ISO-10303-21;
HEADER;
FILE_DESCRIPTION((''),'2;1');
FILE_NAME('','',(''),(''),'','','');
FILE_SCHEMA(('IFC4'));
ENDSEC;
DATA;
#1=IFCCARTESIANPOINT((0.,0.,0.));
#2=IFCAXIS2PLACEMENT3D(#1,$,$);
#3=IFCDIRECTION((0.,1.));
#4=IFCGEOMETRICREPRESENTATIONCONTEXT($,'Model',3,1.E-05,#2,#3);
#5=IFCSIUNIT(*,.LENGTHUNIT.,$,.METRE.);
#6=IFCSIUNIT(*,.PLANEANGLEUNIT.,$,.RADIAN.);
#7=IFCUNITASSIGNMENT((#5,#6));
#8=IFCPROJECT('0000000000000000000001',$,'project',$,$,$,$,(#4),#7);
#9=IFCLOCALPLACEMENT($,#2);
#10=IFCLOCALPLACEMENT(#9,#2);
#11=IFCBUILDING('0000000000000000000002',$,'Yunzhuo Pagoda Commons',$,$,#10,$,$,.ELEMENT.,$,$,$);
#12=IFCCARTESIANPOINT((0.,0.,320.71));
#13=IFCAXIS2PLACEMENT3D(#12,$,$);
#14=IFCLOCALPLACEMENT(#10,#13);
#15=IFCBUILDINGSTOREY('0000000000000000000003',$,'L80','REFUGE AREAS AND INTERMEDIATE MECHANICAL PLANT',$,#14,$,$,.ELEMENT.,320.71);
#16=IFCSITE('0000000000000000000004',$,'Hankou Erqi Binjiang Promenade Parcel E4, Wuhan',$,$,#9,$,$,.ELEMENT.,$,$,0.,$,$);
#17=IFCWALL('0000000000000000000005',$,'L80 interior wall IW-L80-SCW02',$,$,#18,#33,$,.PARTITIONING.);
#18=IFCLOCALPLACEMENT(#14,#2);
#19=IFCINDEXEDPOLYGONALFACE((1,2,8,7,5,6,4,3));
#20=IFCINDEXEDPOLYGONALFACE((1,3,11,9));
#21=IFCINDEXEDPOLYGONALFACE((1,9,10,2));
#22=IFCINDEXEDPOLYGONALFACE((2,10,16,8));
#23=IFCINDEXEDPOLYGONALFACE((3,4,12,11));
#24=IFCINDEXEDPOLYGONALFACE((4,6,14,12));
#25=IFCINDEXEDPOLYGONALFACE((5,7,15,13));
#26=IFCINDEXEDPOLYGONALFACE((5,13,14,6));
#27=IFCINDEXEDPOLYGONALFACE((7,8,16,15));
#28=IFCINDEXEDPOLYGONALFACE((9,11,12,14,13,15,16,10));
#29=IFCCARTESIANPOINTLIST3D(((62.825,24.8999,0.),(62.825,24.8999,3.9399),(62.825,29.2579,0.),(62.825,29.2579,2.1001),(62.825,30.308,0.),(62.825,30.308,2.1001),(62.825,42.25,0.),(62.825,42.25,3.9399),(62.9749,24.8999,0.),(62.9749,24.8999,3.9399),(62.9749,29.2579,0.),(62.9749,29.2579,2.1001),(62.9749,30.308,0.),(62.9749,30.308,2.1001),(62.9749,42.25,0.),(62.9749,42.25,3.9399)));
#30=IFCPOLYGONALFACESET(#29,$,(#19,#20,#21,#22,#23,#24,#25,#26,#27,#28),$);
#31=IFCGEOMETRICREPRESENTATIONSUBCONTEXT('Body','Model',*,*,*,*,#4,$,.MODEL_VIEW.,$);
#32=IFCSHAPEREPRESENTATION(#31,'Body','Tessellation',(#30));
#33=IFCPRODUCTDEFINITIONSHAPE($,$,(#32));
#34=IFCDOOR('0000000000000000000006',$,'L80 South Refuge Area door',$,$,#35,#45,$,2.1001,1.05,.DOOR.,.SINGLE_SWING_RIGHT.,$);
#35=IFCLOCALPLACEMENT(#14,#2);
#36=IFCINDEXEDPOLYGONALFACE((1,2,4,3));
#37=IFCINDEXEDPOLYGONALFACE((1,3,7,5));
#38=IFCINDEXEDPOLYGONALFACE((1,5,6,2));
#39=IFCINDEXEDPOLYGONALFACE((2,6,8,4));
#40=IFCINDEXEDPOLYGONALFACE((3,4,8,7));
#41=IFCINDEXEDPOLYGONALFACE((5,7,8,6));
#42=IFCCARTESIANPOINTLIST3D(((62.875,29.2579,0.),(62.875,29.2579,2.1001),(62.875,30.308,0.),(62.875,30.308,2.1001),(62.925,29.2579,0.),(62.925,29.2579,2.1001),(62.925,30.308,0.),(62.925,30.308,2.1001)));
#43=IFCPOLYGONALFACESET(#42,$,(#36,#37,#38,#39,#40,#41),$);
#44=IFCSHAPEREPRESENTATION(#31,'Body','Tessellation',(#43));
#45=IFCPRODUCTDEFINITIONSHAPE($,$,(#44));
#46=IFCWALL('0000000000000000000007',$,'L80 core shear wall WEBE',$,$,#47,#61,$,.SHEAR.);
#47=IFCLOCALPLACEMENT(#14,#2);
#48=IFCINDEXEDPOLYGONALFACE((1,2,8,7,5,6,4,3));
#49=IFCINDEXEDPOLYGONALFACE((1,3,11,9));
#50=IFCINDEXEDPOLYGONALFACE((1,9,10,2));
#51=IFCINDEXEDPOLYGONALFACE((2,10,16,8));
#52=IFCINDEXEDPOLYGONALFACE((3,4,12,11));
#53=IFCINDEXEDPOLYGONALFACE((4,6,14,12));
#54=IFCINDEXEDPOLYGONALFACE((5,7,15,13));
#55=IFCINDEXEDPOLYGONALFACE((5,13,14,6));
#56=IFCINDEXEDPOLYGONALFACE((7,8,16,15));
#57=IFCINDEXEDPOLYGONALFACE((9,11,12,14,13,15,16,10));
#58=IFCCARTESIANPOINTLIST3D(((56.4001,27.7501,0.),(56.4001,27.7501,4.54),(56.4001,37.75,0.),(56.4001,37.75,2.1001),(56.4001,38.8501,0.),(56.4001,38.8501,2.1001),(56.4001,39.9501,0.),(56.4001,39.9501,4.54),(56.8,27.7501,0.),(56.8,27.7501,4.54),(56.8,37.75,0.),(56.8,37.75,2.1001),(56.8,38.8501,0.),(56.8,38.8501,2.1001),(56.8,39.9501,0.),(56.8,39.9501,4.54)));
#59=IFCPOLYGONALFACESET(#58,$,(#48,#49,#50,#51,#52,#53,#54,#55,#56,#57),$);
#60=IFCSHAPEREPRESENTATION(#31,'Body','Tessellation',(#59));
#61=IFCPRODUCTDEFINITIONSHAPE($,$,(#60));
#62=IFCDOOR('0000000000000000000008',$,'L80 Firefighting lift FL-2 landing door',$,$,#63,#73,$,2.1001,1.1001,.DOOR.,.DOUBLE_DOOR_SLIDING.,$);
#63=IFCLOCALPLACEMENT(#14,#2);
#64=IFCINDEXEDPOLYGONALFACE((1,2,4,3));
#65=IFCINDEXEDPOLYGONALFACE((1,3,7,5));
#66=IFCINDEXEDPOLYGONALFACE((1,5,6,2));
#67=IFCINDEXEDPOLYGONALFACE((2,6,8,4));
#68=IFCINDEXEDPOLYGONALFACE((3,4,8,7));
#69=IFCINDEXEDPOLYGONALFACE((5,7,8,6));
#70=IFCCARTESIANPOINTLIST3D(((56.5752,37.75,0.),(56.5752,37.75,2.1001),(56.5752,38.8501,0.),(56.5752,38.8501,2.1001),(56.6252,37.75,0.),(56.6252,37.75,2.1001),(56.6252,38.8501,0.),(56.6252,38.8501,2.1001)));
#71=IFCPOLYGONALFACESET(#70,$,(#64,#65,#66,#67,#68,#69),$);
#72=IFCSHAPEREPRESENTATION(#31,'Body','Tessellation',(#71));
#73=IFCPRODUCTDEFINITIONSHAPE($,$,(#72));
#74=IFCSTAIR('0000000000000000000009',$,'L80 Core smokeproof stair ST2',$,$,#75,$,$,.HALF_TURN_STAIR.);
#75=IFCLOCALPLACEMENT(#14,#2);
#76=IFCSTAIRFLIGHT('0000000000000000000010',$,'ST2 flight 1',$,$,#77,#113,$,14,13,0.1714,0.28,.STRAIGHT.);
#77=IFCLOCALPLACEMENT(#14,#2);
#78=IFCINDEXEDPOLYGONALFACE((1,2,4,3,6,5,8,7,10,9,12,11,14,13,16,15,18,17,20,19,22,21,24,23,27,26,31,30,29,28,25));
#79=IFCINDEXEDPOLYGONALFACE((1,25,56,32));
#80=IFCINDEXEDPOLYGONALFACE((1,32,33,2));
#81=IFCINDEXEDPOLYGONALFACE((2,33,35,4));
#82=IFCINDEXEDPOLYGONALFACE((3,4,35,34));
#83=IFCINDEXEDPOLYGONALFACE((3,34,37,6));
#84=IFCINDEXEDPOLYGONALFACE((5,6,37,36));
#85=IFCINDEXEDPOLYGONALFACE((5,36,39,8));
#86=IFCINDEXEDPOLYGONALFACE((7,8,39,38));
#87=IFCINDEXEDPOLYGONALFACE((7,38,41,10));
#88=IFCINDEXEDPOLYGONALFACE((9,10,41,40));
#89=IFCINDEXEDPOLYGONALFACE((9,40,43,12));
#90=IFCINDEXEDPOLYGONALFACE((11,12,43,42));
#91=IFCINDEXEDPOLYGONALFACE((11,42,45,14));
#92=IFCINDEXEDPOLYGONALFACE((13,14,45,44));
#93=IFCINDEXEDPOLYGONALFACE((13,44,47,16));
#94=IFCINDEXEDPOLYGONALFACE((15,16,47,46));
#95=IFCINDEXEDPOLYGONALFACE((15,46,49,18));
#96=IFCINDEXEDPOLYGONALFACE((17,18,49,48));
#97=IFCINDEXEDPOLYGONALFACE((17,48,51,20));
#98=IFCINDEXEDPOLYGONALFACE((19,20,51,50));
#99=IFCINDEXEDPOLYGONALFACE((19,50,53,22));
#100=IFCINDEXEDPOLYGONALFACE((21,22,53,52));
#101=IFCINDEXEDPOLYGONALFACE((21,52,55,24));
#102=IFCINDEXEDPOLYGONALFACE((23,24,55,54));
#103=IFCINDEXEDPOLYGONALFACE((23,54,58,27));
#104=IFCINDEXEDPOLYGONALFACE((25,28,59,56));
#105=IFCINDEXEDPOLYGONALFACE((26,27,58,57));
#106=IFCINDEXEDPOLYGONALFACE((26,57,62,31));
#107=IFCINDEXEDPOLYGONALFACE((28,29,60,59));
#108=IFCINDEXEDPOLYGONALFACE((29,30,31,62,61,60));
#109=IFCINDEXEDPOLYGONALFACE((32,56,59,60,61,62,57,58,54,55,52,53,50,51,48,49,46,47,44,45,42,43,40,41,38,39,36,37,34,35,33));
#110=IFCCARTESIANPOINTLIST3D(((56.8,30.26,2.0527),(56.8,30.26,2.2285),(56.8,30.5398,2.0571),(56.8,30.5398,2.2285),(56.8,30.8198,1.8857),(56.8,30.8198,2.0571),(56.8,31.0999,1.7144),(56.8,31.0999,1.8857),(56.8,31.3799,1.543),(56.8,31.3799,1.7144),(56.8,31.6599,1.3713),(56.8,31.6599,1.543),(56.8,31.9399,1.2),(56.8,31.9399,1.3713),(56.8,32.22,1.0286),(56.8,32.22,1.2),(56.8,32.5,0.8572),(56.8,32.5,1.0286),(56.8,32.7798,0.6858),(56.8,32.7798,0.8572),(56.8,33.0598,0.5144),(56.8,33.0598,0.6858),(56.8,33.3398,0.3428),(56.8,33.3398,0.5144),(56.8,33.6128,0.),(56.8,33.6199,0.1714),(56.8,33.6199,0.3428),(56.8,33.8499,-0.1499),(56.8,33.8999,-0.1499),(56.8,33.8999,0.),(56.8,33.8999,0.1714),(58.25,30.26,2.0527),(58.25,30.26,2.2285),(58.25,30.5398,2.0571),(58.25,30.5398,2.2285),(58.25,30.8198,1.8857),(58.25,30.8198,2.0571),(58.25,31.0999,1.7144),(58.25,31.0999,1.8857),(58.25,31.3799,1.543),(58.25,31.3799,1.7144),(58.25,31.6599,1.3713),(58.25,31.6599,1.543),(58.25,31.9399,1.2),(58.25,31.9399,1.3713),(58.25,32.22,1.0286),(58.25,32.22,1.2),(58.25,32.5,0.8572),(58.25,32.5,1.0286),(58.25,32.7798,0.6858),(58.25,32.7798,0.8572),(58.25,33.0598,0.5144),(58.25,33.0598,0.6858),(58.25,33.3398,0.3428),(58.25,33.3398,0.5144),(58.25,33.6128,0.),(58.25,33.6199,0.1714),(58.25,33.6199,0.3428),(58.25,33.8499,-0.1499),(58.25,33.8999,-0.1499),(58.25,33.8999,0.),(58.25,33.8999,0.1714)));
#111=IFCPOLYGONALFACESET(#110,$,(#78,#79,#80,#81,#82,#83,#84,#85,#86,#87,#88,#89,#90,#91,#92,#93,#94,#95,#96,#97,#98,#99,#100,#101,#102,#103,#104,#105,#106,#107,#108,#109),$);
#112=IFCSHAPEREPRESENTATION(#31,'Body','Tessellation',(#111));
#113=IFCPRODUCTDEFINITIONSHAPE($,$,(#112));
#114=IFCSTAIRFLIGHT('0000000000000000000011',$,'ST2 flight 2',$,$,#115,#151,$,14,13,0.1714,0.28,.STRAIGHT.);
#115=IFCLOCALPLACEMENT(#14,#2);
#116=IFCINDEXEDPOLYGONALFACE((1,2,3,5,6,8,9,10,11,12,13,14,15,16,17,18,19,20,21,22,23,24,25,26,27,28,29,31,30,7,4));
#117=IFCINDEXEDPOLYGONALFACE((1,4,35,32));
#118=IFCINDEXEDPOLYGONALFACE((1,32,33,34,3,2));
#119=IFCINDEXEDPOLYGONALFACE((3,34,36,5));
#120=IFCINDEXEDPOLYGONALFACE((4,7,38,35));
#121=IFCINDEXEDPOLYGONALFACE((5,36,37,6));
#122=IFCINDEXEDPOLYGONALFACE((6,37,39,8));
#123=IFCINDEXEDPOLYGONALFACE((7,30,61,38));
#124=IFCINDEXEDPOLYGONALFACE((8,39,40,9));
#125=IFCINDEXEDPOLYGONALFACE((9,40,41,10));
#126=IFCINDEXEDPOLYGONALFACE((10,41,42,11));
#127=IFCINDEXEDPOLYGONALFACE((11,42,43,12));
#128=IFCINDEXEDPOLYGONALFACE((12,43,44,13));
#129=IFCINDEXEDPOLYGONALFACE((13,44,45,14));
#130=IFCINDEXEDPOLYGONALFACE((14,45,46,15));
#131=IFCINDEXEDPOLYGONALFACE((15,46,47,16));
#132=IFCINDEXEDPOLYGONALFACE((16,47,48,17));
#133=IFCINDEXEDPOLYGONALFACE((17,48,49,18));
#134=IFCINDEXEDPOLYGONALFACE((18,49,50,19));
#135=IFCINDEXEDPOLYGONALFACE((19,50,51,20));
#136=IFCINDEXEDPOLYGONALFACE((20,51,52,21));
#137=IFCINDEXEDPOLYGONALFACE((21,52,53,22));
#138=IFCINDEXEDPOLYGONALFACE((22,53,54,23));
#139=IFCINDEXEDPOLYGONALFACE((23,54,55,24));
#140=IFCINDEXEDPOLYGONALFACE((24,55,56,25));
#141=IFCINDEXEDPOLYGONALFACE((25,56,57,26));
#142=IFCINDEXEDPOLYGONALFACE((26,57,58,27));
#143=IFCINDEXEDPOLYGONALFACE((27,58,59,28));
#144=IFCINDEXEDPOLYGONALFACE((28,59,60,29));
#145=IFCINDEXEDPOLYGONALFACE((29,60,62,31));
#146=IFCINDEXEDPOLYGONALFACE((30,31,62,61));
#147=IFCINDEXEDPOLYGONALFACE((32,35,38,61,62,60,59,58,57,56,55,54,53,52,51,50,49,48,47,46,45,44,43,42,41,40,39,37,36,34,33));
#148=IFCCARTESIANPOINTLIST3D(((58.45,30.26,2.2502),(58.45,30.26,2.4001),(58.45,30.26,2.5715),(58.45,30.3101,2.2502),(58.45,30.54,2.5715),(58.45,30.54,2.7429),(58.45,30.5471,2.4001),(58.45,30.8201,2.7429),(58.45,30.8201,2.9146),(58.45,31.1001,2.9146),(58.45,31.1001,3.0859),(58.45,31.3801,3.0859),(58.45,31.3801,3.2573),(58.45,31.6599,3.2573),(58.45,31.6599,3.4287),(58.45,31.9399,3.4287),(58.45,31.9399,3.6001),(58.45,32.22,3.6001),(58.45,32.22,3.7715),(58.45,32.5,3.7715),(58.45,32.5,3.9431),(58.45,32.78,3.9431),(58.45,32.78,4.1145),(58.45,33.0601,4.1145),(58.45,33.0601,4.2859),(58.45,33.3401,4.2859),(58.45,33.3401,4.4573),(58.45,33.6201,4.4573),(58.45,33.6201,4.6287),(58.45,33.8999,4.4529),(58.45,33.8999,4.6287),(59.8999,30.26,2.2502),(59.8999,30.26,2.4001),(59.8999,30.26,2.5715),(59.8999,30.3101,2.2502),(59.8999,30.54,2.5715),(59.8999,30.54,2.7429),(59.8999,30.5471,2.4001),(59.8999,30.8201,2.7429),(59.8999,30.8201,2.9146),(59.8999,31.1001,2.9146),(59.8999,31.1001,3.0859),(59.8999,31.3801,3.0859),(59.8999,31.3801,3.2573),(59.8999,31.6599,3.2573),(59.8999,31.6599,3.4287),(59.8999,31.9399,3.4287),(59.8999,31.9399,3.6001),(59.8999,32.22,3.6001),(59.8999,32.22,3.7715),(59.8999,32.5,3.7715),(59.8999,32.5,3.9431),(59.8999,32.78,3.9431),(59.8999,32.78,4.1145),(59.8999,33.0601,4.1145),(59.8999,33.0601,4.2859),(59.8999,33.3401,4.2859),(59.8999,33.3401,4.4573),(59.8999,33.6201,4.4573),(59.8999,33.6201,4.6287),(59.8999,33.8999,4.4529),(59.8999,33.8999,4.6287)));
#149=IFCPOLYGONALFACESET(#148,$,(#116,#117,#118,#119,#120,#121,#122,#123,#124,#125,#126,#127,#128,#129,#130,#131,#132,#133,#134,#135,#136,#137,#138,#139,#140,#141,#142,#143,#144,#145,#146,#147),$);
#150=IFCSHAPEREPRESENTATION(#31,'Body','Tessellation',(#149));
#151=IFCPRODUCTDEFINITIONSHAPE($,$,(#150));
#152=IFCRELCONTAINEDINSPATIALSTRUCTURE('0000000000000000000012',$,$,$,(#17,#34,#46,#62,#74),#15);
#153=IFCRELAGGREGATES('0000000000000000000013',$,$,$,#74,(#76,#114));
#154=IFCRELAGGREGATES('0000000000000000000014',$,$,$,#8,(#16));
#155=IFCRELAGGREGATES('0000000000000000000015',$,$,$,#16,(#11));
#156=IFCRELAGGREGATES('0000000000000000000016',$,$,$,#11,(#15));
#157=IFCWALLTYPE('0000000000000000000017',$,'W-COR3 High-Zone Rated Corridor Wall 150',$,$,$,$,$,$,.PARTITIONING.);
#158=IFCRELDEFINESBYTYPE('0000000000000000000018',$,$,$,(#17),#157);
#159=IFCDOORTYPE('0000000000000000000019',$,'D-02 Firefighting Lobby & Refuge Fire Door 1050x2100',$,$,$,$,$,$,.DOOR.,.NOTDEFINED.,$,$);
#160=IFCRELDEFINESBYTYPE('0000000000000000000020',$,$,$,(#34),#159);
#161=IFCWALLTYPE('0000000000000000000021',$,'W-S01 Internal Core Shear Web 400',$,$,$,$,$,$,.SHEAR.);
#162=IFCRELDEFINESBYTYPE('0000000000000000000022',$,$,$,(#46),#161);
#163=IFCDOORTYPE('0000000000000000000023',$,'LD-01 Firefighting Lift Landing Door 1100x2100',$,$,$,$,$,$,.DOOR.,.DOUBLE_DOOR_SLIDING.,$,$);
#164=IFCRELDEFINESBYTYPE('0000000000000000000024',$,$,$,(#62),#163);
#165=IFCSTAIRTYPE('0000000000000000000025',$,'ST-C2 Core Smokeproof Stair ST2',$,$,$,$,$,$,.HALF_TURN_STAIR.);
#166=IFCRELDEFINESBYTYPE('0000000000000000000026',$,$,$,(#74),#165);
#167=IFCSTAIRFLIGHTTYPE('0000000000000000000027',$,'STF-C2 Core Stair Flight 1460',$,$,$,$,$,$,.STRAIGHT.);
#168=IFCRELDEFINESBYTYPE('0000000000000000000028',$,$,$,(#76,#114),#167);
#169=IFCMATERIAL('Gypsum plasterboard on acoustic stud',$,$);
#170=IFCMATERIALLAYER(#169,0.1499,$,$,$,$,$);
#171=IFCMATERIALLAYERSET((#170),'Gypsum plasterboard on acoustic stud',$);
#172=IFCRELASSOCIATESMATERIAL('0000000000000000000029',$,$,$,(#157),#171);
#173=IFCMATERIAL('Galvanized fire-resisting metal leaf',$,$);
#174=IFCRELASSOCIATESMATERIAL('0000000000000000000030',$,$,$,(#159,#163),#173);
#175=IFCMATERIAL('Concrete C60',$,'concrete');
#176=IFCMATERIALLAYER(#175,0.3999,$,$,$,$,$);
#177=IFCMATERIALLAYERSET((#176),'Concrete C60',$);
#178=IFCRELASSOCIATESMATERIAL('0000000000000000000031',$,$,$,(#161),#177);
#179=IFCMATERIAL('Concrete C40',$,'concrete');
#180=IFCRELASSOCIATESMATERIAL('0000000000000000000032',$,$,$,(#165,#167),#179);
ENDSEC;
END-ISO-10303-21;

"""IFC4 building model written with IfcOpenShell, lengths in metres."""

from ifc_helpers import new_model, si_unit, direction, frame, frame_2d, origin, origin_with_axes, place, context, subcontext, project, spatial, polyline, rectangle, outline, extrude, source, transform, mapped, material, layer, layer_set, type_object, element, fill, aggregate, save


model = new_model("IFC4")

# Units and contexts
model_context = context("Model", 3, precision=1e-05, world=origin(), true_north=direction((0.0, 1.0)))
body_context = subcontext(model_context, "Body", "Model", "MODEL_VIEW")
ifc_project = project(units=[si_unit("LENGTHUNIT", "METRE"), si_unit("PLANEANGLEUNIT", "RADIAN")], contexts=[model_context])

# Site, building, storey
site_placement = place(None, origin())
site = spatial("IfcSite", under=ifc_project, at=site_placement, Name="Hankou Erqi Binjiang Promenade Parcel E4, Wuhan", CompositionType="ELEMENT", RefElevation=0.0)
building_placement = place(site_placement, origin())
building = spatial("IfcBuilding", under=site, at=building_placement, Name="Yunzhuo Pagoda Commons", CompositionType="ELEMENT")
storey_placement = place(building_placement, frame((0.0, 0.0, 320.71)))
storey = spatial("IfcBuildingStorey", under=building, at=storey_placement, Name="L80", Description="REFUGE AREAS AND INTERMEDIATE MECHANICAL PLANT", CompositionType="ELEMENT", Elevation=320.71)

# Walls, openings, doors
ifc_material_1 = material(Name="Gypsum plasterboard on acoustic stud")
ifc_layer_1 = layer(ifc_material_1, 0.1499)
ifc_layer_set_1 = layer_set([ifc_layer_1], Name="Gypsum plasterboard on acoustic stud")
wall_type_1 = type_object("IfcWallType", Name="W-COR3 High-Zone Rated Corridor Wall 150", PredefinedType="PARTITIONING", material=ifc_layer_set_1)
wall_1_placement = place(storey_placement, frame((62.8999, 24.8999, 0.0), z_axis=(0.0, 0.0, 1.0), x_axis=(0.0, 1.0, 0.0)))
wall_1 = element("IfcWall", 1, at=wall_1_placement, inside=storey, type_object=wall_type_1, Name="L80 interior wall IW-L80-SCW02", PredefinedType="PARTITIONING", context=body_context, shape_type="SweptSolid", body=[
    extrude(rectangle(XDim=17.3501, YDim=0.1499, at=frame_2d((8.675, 0.0))), origin(), (0.0, 0.0, 1.0), 3.9399),
])
opening_1_placement = place(wall_1_placement, frame((4.3582, 0.0, 0.0)))
opening_1 = element("IfcOpeningElement", 2, at=opening_1_placement, cuts=wall_1, PredefinedType="OPENING", context=body_context, shape_type="SweptSolid", body=[
    extrude(rectangle(XDim=1.05, YDim=2.1001, at=frame_2d((0.5249, 1.05))), frame((0.0, 0.085, 0.0), z_axis=(0.0, -1.0, 0.0), x_axis=(1.0, 0.0, 0.0)), (0.0, 0.0, 1.0), 0.1699),
])
ifc_material_2 = material(Name="Galvanized fire-resisting metal leaf")
door_type_1 = type_object("IfcDoorType", Name="D-02 Firefighting Lobby & Refuge Fire Door 1050x2100", OperationType="NOTDEFINED", PredefinedType="DOOR", material=ifc_material_2)
shared_shape_1 = source(origin(), body_context, "Body", "SweptSolid", [
    extrude(rectangle(XDim=1.05, YDim=2.1001, at=frame_2d((0.5249, 1.05))), frame((0.0, 0.0249, 0.0), z_axis=(0.0, -1.0, 0.0), x_axis=(1.0, 0.0, 0.0)), (0.0, 0.0, 1.0), 0.05),
])
door_1_placement = place(opening_1_placement, origin_with_axes())
door_1 = element("IfcDoor", 3, at=door_1_placement, inside=storey, type_object=door_type_1, Name="L80 South Refuge Area door", OperationType="SINGLE_SWING_RIGHT", OverallHeight=2.1001, OverallWidth=1.05, PredefinedType="DOOR", context=body_context, shape_type="MappedRepresentation", body=[
    mapped(shared_shape_1, transform((0.0, 0.0, 0.0), scale=1.0)),
])
fill(opening_1, door_1)
ifc_material_3 = material(Name="Concrete C60", Category="concrete")
ifc_layer_2 = layer(ifc_material_3, 0.3999)
ifc_layer_set_2 = layer_set([ifc_layer_2], Name="Concrete C60")
wall_type_2 = type_object("IfcWallType", Name="W-S01 Internal Core Shear Web 400", PredefinedType="SHEAR", material=ifc_layer_set_2)
wall_2_placement = place(storey_placement, frame((56.6001, 27.75, 0.0), z_axis=(0.0, 0.0, 1.0), x_axis=(0.0, 1.0, 0.0)))
wall_2 = element("IfcWall", 4, at=wall_2_placement, inside=storey, type_object=wall_type_2, Name="L80 core shear wall WEBE", PredefinedType="SHEAR", context=body_context, shape_type="SweptSolid", body=[
    extrude(rectangle(XDim=12.2, YDim=0.3999, at=frame_2d((6.1001, 0.0))), origin(), (0.0, 0.0, 1.0), 4.54),
])
opening_2_placement = place(wall_2_placement, frame((10.0, 0.0, 0.0)))
opening_2 = element("IfcOpeningElement", 5, at=opening_2_placement, cuts=wall_2, PredefinedType="OPENING", context=body_context, shape_type="SweptSolid", body=[
    extrude(rectangle(XDim=1.1001, YDim=2.1001, at=frame_2d((0.55, 1.05))), frame((0.0, 0.21, 0.0), z_axis=(0.0, -1.0, 0.0), x_axis=(1.0, 0.0, 0.0)), (0.0, 0.0, 1.0), 0.4199),
])
door_type_2 = type_object("IfcDoorType", Name="LD-01 Firefighting Lift Landing Door 1100x2100", OperationType="DOUBLE_DOOR_SLIDING", PredefinedType="DOOR", material=ifc_material_2)
shared_shape_2 = source(origin(), body_context, "Body", "SweptSolid", [
    extrude(rectangle(XDim=1.1001, YDim=2.1001, at=frame_2d((0.55, 1.05))), frame((0.0, 0.0249, 0.0), z_axis=(0.0, -1.0, 0.0), x_axis=(1.0, 0.0, 0.0)), (0.0, 0.0, 1.0), 0.05),
])
door_2_placement = place(opening_2_placement, origin_with_axes())
door_2 = element("IfcDoor", 6, at=door_2_placement, inside=storey, type_object=door_type_2, Name="L80 Firefighting lift FL-2 landing door", OperationType="DOUBLE_DOOR_SLIDING", OverallHeight=2.1001, OverallWidth=1.1001, PredefinedType="DOOR", context=body_context, shape_type="MappedRepresentation", body=[
    mapped(shared_shape_2, transform((0.0, 0.0, 0.0), scale=1.0)),
])
fill(opening_2, door_2)

# Stair, stair flights
ifc_material_4 = material(Name="Concrete C40", Category="concrete")
stair_type = type_object("IfcStairType", Name="ST-C2 Core Smokeproof Stair ST2", PredefinedType="HALF_TURN_STAIR", material=ifc_material_4)
stair_placement = place(storey_placement, origin())
stair = element("IfcStair", 7, at=stair_placement, inside=storey, type_object=stair_type, Name="L80 Core smokeproof stair ST2", PredefinedType="HALF_TURN_STAIR")
stair_flight_type = type_object("IfcStairFlightType", Name="STF-C2 Core Stair Flight 1460", PredefinedType="STRAIGHT", material=ifc_material_4)
shared_shape_3 = source(origin(), body_context, "Body", "SweptSolid", [
    extrude(outline(polyline([(0.0, -0.1499), (0.0, 0.0), (0.0, 0.1714), (0.28, 0.1714), (0.28, 0.3428), (0.5601, 0.3428), (0.5601, 0.5144), (0.8401, 0.5144), (0.8401, 0.6858), (1.1201, 0.6858), (1.1201, 0.8572), (1.3999, 0.8572), (1.3999, 1.0286), (1.6799, 1.0286), (1.6799, 1.2), (1.96, 1.2), (1.96, 1.3713), (2.24, 1.3713), (2.24, 1.543), (2.52, 1.543), (2.52, 1.7144), (2.8, 1.7144), (2.8, 1.8857), (3.0801, 1.8857), (3.0801, 2.0571), (3.3601, 2.0571), (3.3601, 2.2285), (3.6399, 2.2285), (3.6399, 2.3999), (3.6399, 2.0527), (0.2871, 0.0), (0.05, -0.1499), (0.0, -0.1499)])), frame((0.0, 0.7251, 0.0), z_axis=(0.0, -1.0, 0.0), x_axis=(1.0, 0.0, 0.0)), (0.0, 0.0, 1.0), 1.45),
])
stair_flight_1_placement = place(storey_placement, frame((57.5249, 33.8999, 0.0), z_axis=(0.0, 0.0, 1.0), x_axis=(0.0, -1.0, 0.0)))
stair_flight_1 = element("IfcStairFlight", 8, at=stair_flight_1_placement, type_object=stair_flight_type, Name="ST2 flight 1", NumberOfRisers=14, NumberOfTreads=13, PredefinedType="STRAIGHT", RiserHeight=0.1714, TreadLength=0.28, context=body_context, shape_type="MappedRepresentation", body=[
    mapped(shared_shape_3, transform((0.0, 0.0, 0.0), scale=1.0)),
])
stair_flight_2_placement = place(storey_placement, frame((59.175, 30.26, 2.4001), z_axis=(0.0, 0.0, 1.0), x_axis=(0.0, 1.0, 0.0)))
stair_flight_2 = element("IfcStairFlight", 9, at=stair_flight_2_placement, type_object=stair_flight_type, Name="ST2 flight 2", NumberOfRisers=14, NumberOfTreads=13, PredefinedType="STRAIGHT", RiserHeight=0.1714, TreadLength=0.28, context=body_context, shape_type="MappedRepresentation", body=[
    mapped(shared_shape_3, transform((0.0, 0.0, 0.0), scale=1.0)),
])
aggregate(stair, [stair_flight_1, stair_flight_2])

save(model, "model.ifc")
